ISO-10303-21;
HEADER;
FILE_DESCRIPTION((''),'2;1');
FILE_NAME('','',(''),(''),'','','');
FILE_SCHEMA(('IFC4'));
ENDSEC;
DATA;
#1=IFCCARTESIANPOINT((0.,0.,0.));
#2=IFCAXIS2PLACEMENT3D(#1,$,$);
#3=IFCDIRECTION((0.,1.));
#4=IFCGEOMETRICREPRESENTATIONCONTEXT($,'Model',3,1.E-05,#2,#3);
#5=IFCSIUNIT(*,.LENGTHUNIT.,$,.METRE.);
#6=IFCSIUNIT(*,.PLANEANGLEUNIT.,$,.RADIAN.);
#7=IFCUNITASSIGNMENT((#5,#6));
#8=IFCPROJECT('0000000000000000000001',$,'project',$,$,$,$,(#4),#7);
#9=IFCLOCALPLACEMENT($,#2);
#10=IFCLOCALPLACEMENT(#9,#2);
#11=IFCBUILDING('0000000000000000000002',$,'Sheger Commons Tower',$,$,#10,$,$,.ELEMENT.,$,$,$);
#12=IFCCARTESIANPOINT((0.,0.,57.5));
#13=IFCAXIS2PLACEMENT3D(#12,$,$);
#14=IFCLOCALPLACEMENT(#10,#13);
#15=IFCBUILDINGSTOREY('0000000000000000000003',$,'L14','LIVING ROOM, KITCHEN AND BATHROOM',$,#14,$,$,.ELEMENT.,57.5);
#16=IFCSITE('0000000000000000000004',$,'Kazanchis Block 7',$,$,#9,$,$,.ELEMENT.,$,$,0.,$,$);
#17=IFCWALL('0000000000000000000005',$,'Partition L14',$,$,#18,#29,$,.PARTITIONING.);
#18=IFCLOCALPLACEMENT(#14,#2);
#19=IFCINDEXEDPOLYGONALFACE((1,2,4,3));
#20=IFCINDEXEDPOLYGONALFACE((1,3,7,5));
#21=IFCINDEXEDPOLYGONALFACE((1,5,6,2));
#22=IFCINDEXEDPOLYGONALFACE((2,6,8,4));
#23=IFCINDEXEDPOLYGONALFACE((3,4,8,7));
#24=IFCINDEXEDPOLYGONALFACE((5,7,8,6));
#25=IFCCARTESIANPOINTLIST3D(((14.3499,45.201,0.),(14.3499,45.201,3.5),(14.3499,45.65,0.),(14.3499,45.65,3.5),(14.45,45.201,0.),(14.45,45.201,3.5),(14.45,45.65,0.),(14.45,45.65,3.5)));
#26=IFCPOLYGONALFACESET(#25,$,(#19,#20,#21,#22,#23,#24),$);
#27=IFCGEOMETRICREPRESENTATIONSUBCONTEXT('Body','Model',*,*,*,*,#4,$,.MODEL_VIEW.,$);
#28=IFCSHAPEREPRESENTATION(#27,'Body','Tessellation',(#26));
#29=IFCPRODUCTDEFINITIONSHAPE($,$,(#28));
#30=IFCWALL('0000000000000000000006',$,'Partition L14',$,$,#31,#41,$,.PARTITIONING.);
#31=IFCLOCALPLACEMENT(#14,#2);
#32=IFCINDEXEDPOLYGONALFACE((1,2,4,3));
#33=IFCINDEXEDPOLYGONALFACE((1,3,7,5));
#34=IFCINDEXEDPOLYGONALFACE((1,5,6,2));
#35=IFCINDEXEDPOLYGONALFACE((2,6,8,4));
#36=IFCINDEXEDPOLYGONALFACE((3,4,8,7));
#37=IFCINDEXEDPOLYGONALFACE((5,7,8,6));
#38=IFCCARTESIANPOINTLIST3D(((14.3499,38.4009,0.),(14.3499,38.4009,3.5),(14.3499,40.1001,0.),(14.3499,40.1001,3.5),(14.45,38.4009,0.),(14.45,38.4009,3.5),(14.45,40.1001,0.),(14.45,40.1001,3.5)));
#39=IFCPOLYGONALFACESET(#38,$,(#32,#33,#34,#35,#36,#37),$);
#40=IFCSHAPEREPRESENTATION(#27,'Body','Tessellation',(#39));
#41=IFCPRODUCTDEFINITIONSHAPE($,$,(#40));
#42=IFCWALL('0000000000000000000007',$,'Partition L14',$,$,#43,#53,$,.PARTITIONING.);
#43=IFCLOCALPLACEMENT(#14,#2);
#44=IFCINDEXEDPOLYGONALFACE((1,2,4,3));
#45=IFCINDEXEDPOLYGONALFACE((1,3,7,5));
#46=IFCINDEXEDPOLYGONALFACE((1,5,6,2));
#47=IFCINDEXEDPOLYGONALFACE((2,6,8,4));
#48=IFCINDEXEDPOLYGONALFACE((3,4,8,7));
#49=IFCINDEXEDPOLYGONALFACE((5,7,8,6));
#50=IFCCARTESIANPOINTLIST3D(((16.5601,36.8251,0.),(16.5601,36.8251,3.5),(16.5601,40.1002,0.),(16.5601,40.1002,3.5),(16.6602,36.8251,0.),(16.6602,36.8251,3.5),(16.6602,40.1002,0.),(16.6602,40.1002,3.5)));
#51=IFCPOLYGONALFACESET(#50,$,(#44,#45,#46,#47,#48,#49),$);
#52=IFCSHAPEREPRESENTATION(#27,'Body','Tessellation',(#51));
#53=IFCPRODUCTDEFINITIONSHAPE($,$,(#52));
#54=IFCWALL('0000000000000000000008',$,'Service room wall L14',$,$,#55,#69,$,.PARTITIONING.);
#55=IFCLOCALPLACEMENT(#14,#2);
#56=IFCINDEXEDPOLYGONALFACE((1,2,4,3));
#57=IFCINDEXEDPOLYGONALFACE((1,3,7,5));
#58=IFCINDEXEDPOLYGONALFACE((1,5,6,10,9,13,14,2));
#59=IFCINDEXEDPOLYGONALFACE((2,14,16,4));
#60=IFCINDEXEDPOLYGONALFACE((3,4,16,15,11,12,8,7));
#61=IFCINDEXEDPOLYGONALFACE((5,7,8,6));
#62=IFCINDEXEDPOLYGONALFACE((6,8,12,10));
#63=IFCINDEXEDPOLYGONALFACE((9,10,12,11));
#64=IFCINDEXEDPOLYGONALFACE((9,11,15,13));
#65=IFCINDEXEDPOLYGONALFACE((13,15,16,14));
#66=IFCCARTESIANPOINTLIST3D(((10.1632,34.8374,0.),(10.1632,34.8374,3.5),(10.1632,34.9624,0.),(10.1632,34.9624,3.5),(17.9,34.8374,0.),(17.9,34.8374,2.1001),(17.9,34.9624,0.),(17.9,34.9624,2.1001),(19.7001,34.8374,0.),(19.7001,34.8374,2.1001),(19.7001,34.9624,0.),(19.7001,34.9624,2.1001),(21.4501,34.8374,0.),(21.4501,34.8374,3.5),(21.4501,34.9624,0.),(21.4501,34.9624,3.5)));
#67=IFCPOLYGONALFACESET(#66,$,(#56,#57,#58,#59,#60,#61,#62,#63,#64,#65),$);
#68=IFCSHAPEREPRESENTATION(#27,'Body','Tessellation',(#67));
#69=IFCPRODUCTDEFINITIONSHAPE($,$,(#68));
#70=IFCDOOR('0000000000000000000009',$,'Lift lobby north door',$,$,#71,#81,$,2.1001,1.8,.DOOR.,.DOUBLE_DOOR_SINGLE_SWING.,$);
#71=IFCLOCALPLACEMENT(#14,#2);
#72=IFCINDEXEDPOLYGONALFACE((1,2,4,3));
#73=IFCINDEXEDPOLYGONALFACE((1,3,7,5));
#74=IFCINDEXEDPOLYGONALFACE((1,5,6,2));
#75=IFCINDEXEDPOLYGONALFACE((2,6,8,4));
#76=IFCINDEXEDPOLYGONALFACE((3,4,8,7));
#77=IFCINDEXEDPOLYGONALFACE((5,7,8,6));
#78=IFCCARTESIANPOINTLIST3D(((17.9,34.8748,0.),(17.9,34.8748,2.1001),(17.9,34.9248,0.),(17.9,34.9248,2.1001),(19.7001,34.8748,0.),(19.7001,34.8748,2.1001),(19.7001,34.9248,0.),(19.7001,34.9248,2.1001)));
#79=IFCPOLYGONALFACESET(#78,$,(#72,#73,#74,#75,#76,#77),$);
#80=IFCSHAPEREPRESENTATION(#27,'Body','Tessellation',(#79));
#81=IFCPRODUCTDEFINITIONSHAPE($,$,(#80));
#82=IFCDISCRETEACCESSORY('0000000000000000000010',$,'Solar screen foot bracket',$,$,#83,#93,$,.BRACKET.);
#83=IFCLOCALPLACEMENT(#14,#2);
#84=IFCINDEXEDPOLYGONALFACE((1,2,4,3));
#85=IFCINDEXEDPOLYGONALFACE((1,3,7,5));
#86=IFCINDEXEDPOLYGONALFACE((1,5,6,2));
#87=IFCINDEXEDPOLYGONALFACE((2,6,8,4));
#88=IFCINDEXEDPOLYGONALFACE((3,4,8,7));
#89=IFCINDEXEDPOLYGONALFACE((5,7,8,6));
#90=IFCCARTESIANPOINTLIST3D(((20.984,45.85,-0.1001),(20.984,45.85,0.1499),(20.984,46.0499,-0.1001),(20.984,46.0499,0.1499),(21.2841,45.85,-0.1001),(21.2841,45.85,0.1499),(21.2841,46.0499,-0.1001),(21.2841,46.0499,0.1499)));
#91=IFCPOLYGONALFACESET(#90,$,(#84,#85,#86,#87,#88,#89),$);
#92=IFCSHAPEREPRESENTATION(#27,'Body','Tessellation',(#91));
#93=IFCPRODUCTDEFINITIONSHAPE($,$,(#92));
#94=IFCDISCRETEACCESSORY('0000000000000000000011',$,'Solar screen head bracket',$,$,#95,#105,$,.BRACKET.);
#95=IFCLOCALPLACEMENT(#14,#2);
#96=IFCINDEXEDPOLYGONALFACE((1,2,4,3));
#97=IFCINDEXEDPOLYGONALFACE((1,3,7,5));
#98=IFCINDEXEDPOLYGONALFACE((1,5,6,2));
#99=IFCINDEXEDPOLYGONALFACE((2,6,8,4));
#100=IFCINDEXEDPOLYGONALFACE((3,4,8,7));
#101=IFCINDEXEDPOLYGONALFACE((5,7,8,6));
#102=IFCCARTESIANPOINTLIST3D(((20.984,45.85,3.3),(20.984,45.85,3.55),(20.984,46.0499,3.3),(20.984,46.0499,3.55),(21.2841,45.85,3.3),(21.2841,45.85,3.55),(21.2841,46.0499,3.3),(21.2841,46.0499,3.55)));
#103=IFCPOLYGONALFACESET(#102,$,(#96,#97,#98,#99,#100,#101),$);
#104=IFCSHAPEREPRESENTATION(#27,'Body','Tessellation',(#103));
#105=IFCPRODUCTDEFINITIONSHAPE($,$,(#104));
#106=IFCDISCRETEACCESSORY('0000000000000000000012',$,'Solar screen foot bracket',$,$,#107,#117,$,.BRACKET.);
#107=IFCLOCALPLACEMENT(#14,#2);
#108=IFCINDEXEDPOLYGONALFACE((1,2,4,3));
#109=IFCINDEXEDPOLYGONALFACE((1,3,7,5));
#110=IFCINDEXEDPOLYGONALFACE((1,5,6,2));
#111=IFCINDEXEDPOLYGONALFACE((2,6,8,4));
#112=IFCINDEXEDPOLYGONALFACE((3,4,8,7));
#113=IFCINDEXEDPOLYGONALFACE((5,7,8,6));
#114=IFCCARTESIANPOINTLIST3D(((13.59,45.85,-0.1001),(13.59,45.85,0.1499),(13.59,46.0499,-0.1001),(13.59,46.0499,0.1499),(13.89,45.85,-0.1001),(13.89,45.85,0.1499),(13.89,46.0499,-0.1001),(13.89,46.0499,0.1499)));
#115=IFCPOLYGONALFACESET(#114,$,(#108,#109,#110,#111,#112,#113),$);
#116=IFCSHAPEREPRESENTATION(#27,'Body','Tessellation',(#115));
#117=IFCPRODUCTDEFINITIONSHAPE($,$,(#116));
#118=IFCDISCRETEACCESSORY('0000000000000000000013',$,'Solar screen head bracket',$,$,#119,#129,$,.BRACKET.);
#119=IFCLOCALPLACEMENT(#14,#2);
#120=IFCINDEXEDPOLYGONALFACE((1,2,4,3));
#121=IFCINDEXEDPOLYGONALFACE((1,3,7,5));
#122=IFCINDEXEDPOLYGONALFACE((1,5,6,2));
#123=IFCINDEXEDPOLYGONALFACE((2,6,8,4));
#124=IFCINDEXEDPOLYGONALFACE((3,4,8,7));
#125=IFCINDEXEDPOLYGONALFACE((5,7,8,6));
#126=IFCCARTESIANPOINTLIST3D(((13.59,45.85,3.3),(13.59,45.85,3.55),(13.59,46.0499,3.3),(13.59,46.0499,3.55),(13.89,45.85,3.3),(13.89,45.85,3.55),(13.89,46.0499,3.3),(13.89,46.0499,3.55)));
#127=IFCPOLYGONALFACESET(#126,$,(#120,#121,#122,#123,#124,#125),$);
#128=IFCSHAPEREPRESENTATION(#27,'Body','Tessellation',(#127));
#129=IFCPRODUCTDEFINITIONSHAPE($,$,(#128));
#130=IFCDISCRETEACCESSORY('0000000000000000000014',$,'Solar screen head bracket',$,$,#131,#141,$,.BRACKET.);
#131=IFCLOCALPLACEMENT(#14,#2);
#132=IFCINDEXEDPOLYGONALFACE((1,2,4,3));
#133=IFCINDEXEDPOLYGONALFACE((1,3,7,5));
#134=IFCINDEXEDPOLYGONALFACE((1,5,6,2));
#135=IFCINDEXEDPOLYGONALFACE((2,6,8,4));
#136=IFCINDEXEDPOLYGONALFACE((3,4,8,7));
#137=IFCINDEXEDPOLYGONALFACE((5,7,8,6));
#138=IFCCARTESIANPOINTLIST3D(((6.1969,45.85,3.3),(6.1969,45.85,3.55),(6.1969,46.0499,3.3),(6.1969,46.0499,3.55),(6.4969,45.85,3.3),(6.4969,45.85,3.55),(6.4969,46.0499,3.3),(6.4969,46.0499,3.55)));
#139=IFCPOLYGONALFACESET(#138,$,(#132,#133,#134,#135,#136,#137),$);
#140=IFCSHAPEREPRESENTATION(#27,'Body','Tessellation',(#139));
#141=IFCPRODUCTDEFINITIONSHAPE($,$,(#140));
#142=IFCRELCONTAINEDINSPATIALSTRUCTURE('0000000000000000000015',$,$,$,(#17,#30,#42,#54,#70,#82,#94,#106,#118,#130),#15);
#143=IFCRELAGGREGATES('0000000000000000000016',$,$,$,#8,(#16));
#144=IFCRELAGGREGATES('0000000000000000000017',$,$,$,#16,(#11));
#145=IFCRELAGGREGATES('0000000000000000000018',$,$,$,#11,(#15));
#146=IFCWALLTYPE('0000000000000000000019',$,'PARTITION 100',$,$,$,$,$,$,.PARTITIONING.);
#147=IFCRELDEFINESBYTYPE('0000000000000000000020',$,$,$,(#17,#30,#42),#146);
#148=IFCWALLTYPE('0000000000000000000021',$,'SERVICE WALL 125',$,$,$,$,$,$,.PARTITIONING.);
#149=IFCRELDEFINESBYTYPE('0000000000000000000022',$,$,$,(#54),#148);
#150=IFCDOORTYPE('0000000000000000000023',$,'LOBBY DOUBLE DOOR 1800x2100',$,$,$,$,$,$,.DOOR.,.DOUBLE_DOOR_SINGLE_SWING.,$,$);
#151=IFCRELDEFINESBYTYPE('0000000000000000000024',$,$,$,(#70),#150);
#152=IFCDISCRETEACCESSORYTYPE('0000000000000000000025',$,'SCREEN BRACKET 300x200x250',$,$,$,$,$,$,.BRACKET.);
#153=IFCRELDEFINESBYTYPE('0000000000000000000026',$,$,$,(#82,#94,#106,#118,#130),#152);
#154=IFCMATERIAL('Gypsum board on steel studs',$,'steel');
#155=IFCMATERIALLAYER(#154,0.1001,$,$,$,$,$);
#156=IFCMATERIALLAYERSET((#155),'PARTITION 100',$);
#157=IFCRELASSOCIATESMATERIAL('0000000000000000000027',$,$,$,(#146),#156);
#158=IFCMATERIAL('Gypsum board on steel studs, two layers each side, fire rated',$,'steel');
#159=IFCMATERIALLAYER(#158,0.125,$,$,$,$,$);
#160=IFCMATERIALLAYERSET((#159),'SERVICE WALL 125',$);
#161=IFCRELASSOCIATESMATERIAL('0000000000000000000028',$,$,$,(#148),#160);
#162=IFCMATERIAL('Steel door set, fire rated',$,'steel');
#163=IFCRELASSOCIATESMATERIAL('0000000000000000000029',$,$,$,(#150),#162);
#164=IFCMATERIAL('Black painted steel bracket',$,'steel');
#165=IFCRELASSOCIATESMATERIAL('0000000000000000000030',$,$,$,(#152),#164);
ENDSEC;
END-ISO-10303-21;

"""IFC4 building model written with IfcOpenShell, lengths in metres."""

from ifc_helpers import new_model, si_unit, direction, frame, frame_2d, origin, origin_2d, place, context, subcontext, project, spatial, rectangle, extrude, material, layer, layer_set, type_object, element, fill, save


model = new_model("IFC4")

# Units and contexts
model_context = context("Model", 3, precision=1e-05, world=origin(), true_north=direction((0.0, 1.0)))
body_context = subcontext(model_context, "Body", "Model", "MODEL_VIEW")
ifc_project = project(units=[si_unit("LENGTHUNIT", "METRE"), si_unit("PLANEANGLEUNIT", "RADIAN")], contexts=[model_context])

# Site, building, storey
site_placement = place(None, origin())
site = spatial("IfcSite", under=ifc_project, at=site_placement, Name="Kazanchis Block 7", CompositionType="ELEMENT", RefElevation=0.0)
building_placement = place(site_placement, origin())
building = spatial("IfcBuilding", under=site, at=building_placement, Name="Sheger Commons Tower", CompositionType="ELEMENT")
storey_placement = place(building_placement, frame((0.0, 0.0, 57.5)))
storey = spatial("IfcBuildingStorey", under=building, at=storey_placement, Name="L14", Description="LIVING ROOM, KITCHEN AND BATHROOM", CompositionType="ELEMENT", Elevation=57.5)

# Shared definitions
ifc_material_1 = material(Name="Gypsum board on steel studs", Category="steel")
ifc_layer_1 = layer(ifc_material_1, 0.1001)
ifc_layer_set_1 = layer_set([ifc_layer_1], Name="PARTITION 100")
wall_type_1 = type_object("IfcWallType", Name="PARTITION 100", PredefinedType="PARTITIONING", material=ifc_layer_set_1)

# Walls
wall_1_placement = place(storey_placement, frame((14.3999, 45.2009, 0.0), z_axis=(0.0, 0.0, 1.0), x_axis=(0.0, 1.0, 0.0)))
element("IfcWall", 1, at=wall_1_placement, inside=storey, type_object=wall_type_1, Name="Partition L14", PredefinedType="PARTITIONING", context=body_context, shape_type="SweptSolid", body=[
    extrude(rectangle(XDim=0.449, YDim=0.1001, at=frame_2d((0.2246, 0.0))), origin(), (0.0, 0.0, 1.0), 3.5),
])
wall_2_placement = place(storey_placement, frame((14.3999, 38.4009, 0.0), z_axis=(0.0, 0.0, 1.0), x_axis=(0.0, 1.0, 0.0)))
element("IfcWall", 2, at=wall_2_placement, inside=storey, type_object=wall_type_1, Name="Partition L14", PredefinedType="PARTITIONING", context=body_context, shape_type="SweptSolid", body=[
    extrude(rectangle(XDim=1.6992, YDim=0.1001, at=frame_2d((0.8496, 0.0))), origin(), (0.0, 0.0, 1.0), 3.5),
])
wall_3_placement = place(storey_placement, frame((16.6101, 36.825, 0.0), z_axis=(0.0, 0.0, 1.0), x_axis=(0.0, 1.0, 0.0)))
element("IfcWall", 3, at=wall_3_placement, inside=storey, type_object=wall_type_1, Name="Partition L14", PredefinedType="PARTITIONING", context=body_context, shape_type="SweptSolid", body=[
    extrude(rectangle(XDim=3.2751, YDim=0.1001, at=frame_2d((1.6377, 0.0))), origin(), (0.0, 0.0, 1.0), 3.5),
])

# Wall, opening, door
ifc_material_2 = material(Name="Gypsum board on steel studs, two layers each side, fire rated", Category="steel")
ifc_layer_2 = layer(ifc_material_2, 0.125)
ifc_layer_set_2 = layer_set([ifc_layer_2], Name="SERVICE WALL 125")
wall_type_2 = type_object("IfcWallType", Name="SERVICE WALL 125", PredefinedType="PARTITIONING", material=ifc_layer_set_2)
wall_4_placement = place(storey_placement, frame((10.1631, 34.8999, 0.0), z_axis=(0.0, 0.0, 1.0), x_axis=(1.0, 0.0, 0.0)))
wall_4 = element("IfcWall", 4, at=wall_4_placement, inside=storey, type_object=wall_type_2, Name="Service room wall L14", PredefinedType="PARTITIONING", context=body_context, shape_type="SweptSolid", body=[
    extrude(rectangle(XDim=11.2869, YDim=0.125, at=frame_2d((5.6436, 0.0))), origin(), (0.0, 0.0, 1.0), 3.5),
])
opening_1_placement = place(wall_4_placement, frame((7.7371, 0.0, 0.0)))
opening_1 = element("IfcOpeningElement", 5, at=opening_1_placement, cuts=wall_4, PredefinedType="OPENING", context=body_context, shape_type="SweptSolid", body=[
    extrude(rectangle(XDim=1.8, YDim=2.1001, at=frame_2d((0.8999, 1.05))), frame((0.0, 0.0725, 0.0), z_axis=(0.0, -1.0, 0.0), x_axis=(1.0, 0.0, 0.0)), (0.0, 0.0, 1.0), 0.145),
])
ifc_material_3 = material(Name="Steel door set, fire rated", Category="steel")
door_type_1 = type_object("IfcDoorType", Name="LOBBY DOUBLE DOOR 1800x2100", OperationType="DOUBLE_DOOR_SINGLE_SWING", PredefinedType="DOOR", material=ifc_material_3)
door_1_placement = place(opening_1_placement, origin())
door_1 = element("IfcDoor", 6, at=door_1_placement, inside=storey, type_object=door_type_1, Name="Lift lobby north door", OperationType="DOUBLE_DOOR_SINGLE_SWING", OverallHeight=2.1001, OverallWidth=1.8, PredefinedType="DOOR", context=body_context, shape_type="SweptSolid", body=[
    extrude(rectangle(XDim=1.8, YDim=2.1001, at=frame_2d((0.8999, 1.05))), frame((0.0, 0.0249, 0.0), z_axis=(0.0, -1.0, 0.0), x_axis=(1.0, 0.0, 0.0)), (0.0, 0.0, 1.0), 0.05),
])
fill(opening_1, door_1)

# Discrete accessories
ifc_material_4 = material(Name="Black painted steel bracket", Category="steel")
discrete_accessory_type = type_object("IfcDiscreteAccessoryType", Name="SCREEN BRACKET 300x200x250", PredefinedType="BRACKET", material=ifc_material_4)
for number, where, z_axis, x_axis, name in (
    (7, (21.134, 45.95, -0.1001), (0.0, 0.0, 1.0), (-1.0, 0.0, 0.0), "Solar screen foot bracket"),
    (8, (21.134, 45.95, 3.3), (0.0, 0.0, 1.0), (-1.0, 0.0, 0.0), "Solar screen head bracket"),
    (9, (13.74, 45.95, -0.1001), (0.0, 0.0, 1.0), (-1.0, 0.0, 0.0), "Solar screen foot bracket"),
    (10, (13.74, 45.95, 3.3), (0.0, 0.0, 1.0), (-1.0, 0.0, 0.0), "Solar screen head bracket"),
    (11, (6.3469, 45.95, 3.3), (0.0, 0.0, 1.0), (-1.0, 0.0, 0.0), "Solar screen head bracket"),
):
    element("IfcDiscreteAccessory", number, at=place(storey_placement, frame(where, z_axis=z_axis, x_axis=x_axis)), inside=storey, type_object=discrete_accessory_type, Name=name, PredefinedType="BRACKET", context=body_context, shape_type="SweptSolid", body=[
        extrude(rectangle(XDim=0.3, YDim=0.2, at=origin_2d()), origin(), (0.0, 0.0, 1.0), 0.25),
    ])

save(model, "model.ifc")
